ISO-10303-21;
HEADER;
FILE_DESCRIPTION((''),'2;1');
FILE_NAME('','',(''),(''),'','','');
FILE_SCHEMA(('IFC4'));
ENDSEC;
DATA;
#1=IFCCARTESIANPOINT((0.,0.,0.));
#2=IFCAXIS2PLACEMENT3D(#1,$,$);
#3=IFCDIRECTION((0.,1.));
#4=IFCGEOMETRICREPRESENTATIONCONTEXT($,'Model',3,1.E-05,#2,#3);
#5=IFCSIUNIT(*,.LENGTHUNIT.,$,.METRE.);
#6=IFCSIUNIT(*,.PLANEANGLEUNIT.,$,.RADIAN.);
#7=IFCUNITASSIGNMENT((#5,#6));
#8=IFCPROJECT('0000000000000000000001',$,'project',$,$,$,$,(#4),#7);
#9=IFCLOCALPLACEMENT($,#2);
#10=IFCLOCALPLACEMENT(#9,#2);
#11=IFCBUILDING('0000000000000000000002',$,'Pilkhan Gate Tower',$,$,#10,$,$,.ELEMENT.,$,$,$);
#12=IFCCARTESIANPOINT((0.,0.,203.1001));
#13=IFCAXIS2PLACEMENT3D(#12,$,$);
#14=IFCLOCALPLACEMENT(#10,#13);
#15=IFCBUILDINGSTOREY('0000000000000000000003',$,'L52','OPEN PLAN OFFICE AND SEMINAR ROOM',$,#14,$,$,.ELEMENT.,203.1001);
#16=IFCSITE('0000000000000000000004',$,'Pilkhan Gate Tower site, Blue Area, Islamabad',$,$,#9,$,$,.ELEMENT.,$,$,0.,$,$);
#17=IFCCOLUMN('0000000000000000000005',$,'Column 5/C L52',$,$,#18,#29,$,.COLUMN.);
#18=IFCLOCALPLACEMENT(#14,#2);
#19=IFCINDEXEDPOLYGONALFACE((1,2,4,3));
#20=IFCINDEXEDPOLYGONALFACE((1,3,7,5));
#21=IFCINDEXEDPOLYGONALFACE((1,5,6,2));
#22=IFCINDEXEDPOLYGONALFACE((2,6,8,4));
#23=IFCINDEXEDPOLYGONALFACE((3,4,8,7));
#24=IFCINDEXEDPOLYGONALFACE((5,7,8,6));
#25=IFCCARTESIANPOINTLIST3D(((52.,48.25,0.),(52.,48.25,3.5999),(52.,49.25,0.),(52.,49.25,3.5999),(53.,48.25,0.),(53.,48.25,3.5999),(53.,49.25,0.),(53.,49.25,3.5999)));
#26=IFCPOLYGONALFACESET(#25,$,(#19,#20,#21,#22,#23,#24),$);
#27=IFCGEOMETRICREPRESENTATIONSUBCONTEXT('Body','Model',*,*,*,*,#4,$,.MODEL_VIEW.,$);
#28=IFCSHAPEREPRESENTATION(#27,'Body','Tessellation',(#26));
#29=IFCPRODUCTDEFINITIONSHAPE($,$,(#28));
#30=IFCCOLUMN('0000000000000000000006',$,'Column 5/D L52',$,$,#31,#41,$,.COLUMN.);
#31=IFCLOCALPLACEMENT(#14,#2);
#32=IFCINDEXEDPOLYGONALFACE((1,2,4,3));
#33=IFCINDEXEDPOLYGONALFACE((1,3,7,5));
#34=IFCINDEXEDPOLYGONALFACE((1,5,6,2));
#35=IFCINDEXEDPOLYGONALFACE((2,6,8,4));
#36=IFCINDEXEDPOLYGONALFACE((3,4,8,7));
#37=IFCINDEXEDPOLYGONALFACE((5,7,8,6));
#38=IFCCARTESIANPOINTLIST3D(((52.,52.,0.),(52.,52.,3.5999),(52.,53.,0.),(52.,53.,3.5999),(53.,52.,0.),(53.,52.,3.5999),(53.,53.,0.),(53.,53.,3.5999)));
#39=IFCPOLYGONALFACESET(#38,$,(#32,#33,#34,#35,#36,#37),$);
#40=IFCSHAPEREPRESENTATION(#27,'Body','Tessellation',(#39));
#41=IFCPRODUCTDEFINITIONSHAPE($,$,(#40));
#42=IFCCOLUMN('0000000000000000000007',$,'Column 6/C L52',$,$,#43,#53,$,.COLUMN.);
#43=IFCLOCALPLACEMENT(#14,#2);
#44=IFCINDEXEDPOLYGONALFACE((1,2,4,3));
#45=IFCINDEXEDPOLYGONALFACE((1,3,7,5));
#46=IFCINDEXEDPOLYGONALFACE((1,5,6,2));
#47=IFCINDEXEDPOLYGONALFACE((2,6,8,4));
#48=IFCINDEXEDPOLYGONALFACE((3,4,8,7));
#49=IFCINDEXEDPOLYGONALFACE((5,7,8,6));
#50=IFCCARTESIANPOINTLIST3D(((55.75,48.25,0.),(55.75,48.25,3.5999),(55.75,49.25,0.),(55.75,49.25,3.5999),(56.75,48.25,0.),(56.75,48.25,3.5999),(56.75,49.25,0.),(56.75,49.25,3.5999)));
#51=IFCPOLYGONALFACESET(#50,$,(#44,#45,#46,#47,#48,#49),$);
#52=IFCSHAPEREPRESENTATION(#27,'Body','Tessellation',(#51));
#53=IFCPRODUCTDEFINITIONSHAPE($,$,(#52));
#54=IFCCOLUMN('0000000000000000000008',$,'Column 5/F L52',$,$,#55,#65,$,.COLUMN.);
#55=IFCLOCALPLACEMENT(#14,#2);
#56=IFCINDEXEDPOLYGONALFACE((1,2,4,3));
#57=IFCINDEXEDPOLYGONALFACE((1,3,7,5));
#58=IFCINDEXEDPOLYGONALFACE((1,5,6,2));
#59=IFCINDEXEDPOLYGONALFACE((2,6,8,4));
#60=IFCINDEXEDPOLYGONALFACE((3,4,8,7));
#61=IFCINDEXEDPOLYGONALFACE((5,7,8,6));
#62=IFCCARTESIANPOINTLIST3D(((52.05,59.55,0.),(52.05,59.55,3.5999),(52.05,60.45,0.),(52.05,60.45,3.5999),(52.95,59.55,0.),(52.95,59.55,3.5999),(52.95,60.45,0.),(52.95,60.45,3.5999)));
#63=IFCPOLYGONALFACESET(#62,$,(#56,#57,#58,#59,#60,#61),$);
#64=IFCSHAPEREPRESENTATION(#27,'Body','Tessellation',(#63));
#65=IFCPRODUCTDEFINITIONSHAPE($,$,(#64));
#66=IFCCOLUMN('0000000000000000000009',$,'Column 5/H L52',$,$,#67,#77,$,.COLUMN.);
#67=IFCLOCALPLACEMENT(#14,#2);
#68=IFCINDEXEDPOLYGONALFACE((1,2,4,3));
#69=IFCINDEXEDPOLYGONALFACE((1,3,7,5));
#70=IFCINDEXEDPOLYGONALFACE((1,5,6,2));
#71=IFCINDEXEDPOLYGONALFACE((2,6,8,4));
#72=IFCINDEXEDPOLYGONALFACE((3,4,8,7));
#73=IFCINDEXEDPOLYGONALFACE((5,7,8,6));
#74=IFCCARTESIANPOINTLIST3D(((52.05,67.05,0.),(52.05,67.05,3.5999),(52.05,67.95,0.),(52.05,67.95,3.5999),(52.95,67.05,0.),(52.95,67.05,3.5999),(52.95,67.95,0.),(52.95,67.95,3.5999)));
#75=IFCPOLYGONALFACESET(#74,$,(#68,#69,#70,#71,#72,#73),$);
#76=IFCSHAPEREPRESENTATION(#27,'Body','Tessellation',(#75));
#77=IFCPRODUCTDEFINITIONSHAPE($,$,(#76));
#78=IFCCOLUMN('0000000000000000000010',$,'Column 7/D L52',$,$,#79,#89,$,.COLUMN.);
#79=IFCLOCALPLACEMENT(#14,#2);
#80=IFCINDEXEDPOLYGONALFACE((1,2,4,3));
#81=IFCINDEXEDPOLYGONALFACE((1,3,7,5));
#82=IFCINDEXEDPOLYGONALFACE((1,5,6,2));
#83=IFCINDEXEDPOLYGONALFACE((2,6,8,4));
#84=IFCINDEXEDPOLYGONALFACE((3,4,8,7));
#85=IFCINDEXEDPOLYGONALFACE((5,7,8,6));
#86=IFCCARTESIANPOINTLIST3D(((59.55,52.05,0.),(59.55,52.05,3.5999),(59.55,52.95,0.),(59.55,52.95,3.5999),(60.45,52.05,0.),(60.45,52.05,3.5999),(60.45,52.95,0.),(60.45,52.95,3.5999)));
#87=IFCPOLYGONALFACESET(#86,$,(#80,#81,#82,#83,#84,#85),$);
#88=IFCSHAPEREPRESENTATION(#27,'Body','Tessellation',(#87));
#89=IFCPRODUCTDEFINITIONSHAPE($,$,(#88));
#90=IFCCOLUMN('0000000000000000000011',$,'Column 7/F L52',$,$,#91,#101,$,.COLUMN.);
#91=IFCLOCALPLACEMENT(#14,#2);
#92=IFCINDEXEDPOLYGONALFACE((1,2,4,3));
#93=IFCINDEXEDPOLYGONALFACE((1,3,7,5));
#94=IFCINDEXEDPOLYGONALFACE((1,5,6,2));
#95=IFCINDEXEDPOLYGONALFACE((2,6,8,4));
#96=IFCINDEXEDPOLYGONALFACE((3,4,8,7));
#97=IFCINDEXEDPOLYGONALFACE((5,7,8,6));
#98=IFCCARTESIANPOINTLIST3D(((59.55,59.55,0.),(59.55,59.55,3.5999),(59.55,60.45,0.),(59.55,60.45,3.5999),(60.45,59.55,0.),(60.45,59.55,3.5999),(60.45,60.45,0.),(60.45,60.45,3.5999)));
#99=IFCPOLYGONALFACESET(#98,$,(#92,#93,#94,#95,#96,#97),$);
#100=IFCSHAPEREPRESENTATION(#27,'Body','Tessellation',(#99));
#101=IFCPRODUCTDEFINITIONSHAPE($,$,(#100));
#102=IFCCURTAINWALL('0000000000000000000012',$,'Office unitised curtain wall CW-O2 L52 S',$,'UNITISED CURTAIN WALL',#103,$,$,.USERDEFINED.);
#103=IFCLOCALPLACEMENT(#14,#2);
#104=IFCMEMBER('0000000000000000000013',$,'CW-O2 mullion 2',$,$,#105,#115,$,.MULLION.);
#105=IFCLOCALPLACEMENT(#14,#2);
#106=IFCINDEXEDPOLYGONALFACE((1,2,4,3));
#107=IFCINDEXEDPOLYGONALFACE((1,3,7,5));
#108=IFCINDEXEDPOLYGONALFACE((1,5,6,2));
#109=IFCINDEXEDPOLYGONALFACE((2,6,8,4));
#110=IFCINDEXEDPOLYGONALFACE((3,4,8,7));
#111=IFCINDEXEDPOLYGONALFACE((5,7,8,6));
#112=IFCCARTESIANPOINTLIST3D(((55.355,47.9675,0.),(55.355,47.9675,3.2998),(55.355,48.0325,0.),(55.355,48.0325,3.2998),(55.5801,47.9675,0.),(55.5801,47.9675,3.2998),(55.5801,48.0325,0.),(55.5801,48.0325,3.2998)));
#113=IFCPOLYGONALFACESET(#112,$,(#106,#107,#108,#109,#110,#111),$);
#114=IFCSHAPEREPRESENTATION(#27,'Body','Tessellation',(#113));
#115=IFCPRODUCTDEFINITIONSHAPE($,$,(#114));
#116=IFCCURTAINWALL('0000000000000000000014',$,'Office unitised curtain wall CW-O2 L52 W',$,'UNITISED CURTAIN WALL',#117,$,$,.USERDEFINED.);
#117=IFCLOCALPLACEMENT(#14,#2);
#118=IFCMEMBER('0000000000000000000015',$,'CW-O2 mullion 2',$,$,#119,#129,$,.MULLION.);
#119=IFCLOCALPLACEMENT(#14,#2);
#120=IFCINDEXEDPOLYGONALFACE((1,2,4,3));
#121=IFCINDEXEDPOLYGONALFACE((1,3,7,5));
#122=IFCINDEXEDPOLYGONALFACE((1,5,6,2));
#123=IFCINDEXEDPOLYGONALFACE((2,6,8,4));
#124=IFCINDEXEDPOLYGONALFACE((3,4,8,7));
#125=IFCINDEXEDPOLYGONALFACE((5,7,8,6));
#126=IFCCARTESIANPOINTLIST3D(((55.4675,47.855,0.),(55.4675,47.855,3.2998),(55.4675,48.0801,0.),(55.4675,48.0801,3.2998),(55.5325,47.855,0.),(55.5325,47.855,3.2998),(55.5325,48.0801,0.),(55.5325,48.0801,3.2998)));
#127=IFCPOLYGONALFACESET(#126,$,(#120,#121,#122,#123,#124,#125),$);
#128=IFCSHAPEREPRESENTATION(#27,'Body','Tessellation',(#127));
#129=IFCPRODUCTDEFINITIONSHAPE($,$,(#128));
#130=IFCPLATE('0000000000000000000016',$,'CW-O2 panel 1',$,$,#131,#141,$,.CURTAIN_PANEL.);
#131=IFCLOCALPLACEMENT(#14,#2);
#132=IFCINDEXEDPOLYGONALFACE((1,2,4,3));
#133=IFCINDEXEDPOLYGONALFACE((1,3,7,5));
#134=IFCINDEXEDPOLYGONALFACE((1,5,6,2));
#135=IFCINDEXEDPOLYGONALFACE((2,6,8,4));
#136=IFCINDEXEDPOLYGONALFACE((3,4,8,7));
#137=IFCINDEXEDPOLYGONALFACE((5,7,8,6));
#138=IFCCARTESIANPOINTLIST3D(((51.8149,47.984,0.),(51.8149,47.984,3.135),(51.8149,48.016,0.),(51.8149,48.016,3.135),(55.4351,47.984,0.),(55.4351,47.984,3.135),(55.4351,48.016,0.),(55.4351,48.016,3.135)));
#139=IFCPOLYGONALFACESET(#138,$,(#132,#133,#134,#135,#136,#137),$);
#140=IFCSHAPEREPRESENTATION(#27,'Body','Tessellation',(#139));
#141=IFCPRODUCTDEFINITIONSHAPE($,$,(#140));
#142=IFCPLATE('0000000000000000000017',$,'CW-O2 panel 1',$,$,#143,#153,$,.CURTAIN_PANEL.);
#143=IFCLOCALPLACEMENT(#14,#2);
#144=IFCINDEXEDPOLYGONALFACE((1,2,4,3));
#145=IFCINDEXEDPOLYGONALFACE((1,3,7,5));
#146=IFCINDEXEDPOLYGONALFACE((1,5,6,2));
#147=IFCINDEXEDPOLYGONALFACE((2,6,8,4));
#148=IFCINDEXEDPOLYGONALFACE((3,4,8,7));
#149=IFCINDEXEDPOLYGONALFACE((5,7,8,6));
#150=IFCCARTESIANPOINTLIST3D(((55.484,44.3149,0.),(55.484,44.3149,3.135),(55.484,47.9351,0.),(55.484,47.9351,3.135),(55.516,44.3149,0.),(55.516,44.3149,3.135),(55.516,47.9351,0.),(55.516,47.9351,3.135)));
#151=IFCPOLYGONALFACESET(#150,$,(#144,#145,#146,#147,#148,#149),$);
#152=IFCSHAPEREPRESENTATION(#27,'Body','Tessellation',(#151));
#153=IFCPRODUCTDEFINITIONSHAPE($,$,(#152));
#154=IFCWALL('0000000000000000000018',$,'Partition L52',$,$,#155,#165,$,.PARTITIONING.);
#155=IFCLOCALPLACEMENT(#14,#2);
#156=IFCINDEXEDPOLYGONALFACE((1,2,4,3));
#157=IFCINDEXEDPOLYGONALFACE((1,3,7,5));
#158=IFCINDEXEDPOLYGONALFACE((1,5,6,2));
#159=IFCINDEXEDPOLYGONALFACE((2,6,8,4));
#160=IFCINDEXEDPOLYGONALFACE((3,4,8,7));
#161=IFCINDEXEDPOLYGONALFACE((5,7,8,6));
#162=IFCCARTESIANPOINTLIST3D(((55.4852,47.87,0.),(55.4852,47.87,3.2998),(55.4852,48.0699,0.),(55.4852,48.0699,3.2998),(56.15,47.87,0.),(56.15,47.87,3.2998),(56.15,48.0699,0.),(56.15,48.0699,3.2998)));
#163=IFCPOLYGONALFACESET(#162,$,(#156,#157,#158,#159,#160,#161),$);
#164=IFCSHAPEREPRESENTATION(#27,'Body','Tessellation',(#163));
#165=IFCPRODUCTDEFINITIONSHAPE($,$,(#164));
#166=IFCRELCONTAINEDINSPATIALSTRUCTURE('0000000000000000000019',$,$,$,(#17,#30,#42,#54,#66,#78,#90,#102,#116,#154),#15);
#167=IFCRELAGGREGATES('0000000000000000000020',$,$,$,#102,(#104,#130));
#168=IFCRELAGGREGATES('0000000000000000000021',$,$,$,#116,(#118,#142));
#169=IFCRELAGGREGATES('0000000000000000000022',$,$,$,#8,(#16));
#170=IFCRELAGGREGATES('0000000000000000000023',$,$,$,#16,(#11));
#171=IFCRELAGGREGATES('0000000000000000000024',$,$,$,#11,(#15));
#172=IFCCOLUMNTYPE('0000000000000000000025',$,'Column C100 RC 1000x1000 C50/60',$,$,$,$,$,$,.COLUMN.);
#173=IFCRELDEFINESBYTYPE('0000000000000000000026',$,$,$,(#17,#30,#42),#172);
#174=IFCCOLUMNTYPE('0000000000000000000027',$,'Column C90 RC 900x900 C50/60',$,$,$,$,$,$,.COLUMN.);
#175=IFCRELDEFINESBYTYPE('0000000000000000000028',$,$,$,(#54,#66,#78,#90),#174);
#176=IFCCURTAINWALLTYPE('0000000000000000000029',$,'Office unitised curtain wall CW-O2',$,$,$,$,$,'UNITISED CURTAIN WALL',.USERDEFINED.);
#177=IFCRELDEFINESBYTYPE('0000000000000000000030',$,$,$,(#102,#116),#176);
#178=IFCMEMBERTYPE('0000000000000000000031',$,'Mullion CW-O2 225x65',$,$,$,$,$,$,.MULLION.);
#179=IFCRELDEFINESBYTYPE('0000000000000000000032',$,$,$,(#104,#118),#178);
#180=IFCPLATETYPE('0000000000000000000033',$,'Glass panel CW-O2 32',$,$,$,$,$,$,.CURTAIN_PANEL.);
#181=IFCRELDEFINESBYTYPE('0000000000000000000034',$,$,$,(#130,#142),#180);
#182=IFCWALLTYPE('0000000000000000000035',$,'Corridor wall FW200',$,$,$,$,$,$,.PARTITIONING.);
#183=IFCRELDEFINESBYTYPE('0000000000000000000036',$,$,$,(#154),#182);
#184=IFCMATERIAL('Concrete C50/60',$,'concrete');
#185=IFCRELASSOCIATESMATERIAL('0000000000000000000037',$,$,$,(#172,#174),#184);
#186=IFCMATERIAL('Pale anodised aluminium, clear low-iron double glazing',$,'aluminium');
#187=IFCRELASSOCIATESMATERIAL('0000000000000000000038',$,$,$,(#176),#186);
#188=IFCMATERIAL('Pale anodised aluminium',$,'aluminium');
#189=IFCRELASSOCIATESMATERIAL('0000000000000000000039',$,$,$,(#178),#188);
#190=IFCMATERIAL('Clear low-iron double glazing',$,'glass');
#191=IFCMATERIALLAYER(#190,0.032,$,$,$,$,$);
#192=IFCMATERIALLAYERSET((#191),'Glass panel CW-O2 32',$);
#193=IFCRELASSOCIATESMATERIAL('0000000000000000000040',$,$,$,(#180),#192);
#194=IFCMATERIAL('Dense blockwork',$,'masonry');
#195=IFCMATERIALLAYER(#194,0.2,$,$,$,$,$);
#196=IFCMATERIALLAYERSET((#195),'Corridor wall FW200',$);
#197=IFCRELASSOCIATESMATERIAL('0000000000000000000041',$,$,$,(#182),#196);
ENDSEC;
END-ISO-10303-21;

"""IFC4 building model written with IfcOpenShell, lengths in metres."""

from ifc_helpers import new_model, si_unit, direction, frame, frame_2d, origin, origin_2d, place, context, subcontext, project, spatial, rectangle, extrude, material, layer, layer_set, material_profile, profile_set, type_object, element, aggregate, save


model = new_model("IFC4")

# Units and contexts
model_context = context("Model", 3, precision=1e-05, world=origin(), true_north=direction((0.0, 1.0)))
body_context = subcontext(model_context, "Body", "Model", "MODEL_VIEW")
ifc_project = project(units=[si_unit("LENGTHUNIT", "METRE"), si_unit("PLANEANGLEUNIT", "RADIAN")], contexts=[model_context])

# Site, building, storey
site_placement = place(None, origin())
site = spatial("IfcSite", under=ifc_project, at=site_placement, Name="Pilkhan Gate Tower site, Blue Area, Islamabad", CompositionType="ELEMENT", RefElevation=0.0)
building_placement = place(site_placement, origin())
building = spatial("IfcBuilding", under=site, at=building_placement, Name="Pilkhan Gate Tower", CompositionType="ELEMENT")
storey_placement = place(building_placement, frame((0.0, 0.0, 203.1001)))
storey = spatial("IfcBuildingStorey", under=building, at=storey_placement, Name="L52", Description="OPEN PLAN OFFICE AND SEMINAR ROOM", CompositionType="ELEMENT", Elevation=203.1001)

# Columns
ifc_material_1 = material(Name="Concrete C50/60", Category="concrete")
ifc_material_profile_1 = material_profile(ifc_material_1, rectangle(XDim=1.0, YDim=1.0, at=origin_2d()), Name="RC 1000x1000")
ifc_profile_set_1 = profile_set([ifc_material_profile_1], Name="Concrete C50/60")
column_type_1 = type_object("IfcColumnType", Name="Column C100 RC 1000x1000 C50/60", PredefinedType="COLUMN", material=ifc_profile_set_1)
for number, where, z_axis, x_axis, name in (
    (1, (52.5, 48.75, 0.0), (0.0, 0.0, 1.0), (1.0, 0.0, 0.0), "Column 5/C L52"),
    (2, (52.5, 52.5, 0.0), (0.0, 0.0, 1.0), (1.0, 0.0, 0.0), "Column 5/D L52"),
    (3, (56.25, 48.75, 0.0), (0.0, 0.0, 1.0), (1.0, 0.0, 0.0), "Column 6/C L52"),
):
    element("IfcColumn", number, at=place(storey_placement, frame(where, z_axis=z_axis, x_axis=x_axis)), inside=storey, type_object=column_type_1, Name=name, PredefinedType="COLUMN", context=body_context, shape_type="SweptSolid", body=[
        extrude(rectangle(XDim=1.0, YDim=1.0, at=origin_2d()), origin(), (0.0, 0.0, 1.0), 3.5999),
    ])
ifc_material_profile_2 = material_profile(ifc_material_1, rectangle(XDim=0.8999, YDim=0.8999, at=origin_2d()), Name="RC 900x900")
ifc_profile_set_2 = profile_set([ifc_material_profile_2], Name="Concrete C50/60")
column_type_2 = type_object("IfcColumnType", Name="Column C90 RC 900x900 C50/60", PredefinedType="COLUMN", material=ifc_profile_set_2)
for number, where, z_axis, x_axis, name in (
    (4, (52.5, 60.0, 0.0), (0.0, 0.0, 1.0), (1.0, 0.0, 0.0), "Column 5/F L52"),
    (5, (52.5, 67.5, 0.0), (0.0, 0.0, 1.0), (1.0, 0.0, 0.0), "Column 5/H L52"),
    (6, (60.0, 52.5, 0.0), (0.0, 0.0, 1.0), (1.0, 0.0, 0.0), "Column 7/D L52"),
    (7, (60.0, 60.0, 0.0), (0.0, 0.0, 1.0), (1.0, 0.0, 0.0), "Column 7/F L52"),
):
    element("IfcColumn", number, at=place(storey_placement, frame(where, z_axis=z_axis, x_axis=x_axis)), inside=storey, type_object=column_type_2, Name=name, PredefinedType="COLUMN", context=body_context, shape_type="SweptSolid", body=[
        extrude(rectangle(XDim=0.8999, YDim=0.8999, at=origin_2d()), origin(), (0.0, 0.0, 1.0), 3.5999),
    ])

# Curtain walls, members
ifc_material_2 = material(Name="Pale anodised aluminium, clear low-iron double glazing", Category="aluminium")
curtain_wall_type = type_object("IfcCurtainWallType", Name="Office unitised curtain wall CW-O2", ElementType="UNITISED CURTAIN WALL", PredefinedType="USERDEFINED", material=ifc_material_2)
curtain_wall_1_placement = place(storey_placement, origin())
curtain_wall_1 = element("IfcCurtainWall", 8, at=curtain_wall_1_placement, inside=storey, type_object=curtain_wall_type, Name="Office unitised curtain wall CW-O2 L52 S", ObjectType="UNITISED CURTAIN WALL", PredefinedType="USERDEFINED")
ifc_material_3 = material(Name="Pale anodised aluminium", Category="aluminium")
ifc_material_profile_3 = material_profile(ifc_material_3, rectangle(XDim=0.0649, YDim=0.2251, at=origin_2d()), Name="Mullion 225x65")
ifc_profile_set_3 = profile_set([ifc_material_profile_3], Name="Pale anodised aluminium")
member_type = type_object("IfcMemberType", Name="Mullion CW-O2 225x65", PredefinedType="MULLION", material=ifc_profile_set_3)
member_1_placement = place(storey_placement, frame((55.4675, 48.0, 0.0), z_axis=(0.0, 0.0, 1.0), x_axis=(0.0, 1.0, 0.0)))
member_1 = element("IfcMember", 9, at=member_1_placement, type_object=member_type, Name="CW-O2 mullion 2", PredefinedType="MULLION", context=body_context, shape_type="SweptSolid", body=[
    extrude(rectangle(XDim=0.0649, YDim=0.2251, at=origin_2d()), origin(), (0.0, 0.0, 1.0), 3.2998),
])
curtain_wall_2_placement = place(storey_placement, origin())
curtain_wall_2 = element("IfcCurtainWall", 10, at=curtain_wall_2_placement, inside=storey, type_object=curtain_wall_type, Name="Office unitised curtain wall CW-O2 L52 W", ObjectType="UNITISED CURTAIN WALL", PredefinedType="USERDEFINED")
member_2_placement = place(storey_placement, frame((55.5, 47.9675, 0.0), z_axis=(0.0, 0.0, 1.0), x_axis=(-1.0, 0.0, 0.0)))
member_2 = element("IfcMember", 11, at=member_2_placement, type_object=member_type, Name="CW-O2 mullion 2", PredefinedType="MULLION", context=body_context, shape_type="SweptSolid", body=[
    extrude(rectangle(XDim=0.0649, YDim=0.2251, at=origin_2d()), origin(), (0.0, 0.0, 1.0), 3.2998),
])

# Plates
ifc_material_4 = material(Name="Clear low-iron double glazing", Category="glass")
ifc_layer_1 = layer(ifc_material_4, 0.032)
ifc_layer_set_1 = layer_set([ifc_layer_1], Name="Glass panel CW-O2 32")
plate_type = type_object("IfcPlateType", Name="Glass panel CW-O2 32", PredefinedType="CURTAIN_PANEL", material=ifc_layer_set_1)
plate_1_placement = place(storey_placement, frame((53.625, 48.0, 0.0), z_axis=(0.0, 0.0, 1.0), x_axis=(1.0, 0.0, 0.0)))
plate_1 = element("IfcPlate", 12, at=plate_1_placement, type_object=plate_type, Name="CW-O2 panel 1", PredefinedType="CURTAIN_PANEL", context=body_context, shape_type="SweptSolid", body=[
    extrude(rectangle(XDim=3.6201, YDim=0.032, at=origin_2d()), origin(), (0.0, 0.0, 1.0), 3.135),
])
aggregate(curtain_wall_1, [member_1, plate_1])
plate_2_placement = place(storey_placement, frame((55.5, 46.125, 0.0), z_axis=(0.0, 0.0, 1.0), x_axis=(0.0, 1.0, 0.0)))
plate_2 = element("IfcPlate", 13, at=plate_2_placement, type_object=plate_type, Name="CW-O2 panel 1", PredefinedType="CURTAIN_PANEL", context=body_context, shape_type="SweptSolid", body=[
    extrude(rectangle(XDim=3.6201, YDim=0.032, at=origin_2d()), origin(), (0.0, 0.0, 1.0), 3.135),
])
aggregate(curtain_wall_2, [member_2, plate_2])

# Wall
ifc_material_5 = material(Name="Dense blockwork", Category="masonry")
ifc_layer_2 = layer(ifc_material_5, 0.2)
ifc_layer_set_2 = layer_set([ifc_layer_2], Name="Corridor wall FW200")
wall_type_1 = type_object("IfcWallType", Name="Corridor wall FW200", PredefinedType="PARTITIONING", material=ifc_layer_set_2)
wall_1_placement = place(storey_placement, frame((55.4851, 47.97, 0.0), z_axis=(0.0, 0.0, 1.0), x_axis=(1.0, 0.0, 0.0)))
element("IfcWall", 14, at=wall_1_placement, inside=storey, type_object=wall_type_1, Name="Partition L52", PredefinedType="PARTITIONING", context=body_context, shape_type="SweptSolid", body=[
    extrude(rectangle(XDim=0.6648, YDim=0.2, at=frame_2d((0.3325, 0.0))), origin(), (0.0, 0.0, 1.0), 3.2998),
])

save(model, "model.ifc")
